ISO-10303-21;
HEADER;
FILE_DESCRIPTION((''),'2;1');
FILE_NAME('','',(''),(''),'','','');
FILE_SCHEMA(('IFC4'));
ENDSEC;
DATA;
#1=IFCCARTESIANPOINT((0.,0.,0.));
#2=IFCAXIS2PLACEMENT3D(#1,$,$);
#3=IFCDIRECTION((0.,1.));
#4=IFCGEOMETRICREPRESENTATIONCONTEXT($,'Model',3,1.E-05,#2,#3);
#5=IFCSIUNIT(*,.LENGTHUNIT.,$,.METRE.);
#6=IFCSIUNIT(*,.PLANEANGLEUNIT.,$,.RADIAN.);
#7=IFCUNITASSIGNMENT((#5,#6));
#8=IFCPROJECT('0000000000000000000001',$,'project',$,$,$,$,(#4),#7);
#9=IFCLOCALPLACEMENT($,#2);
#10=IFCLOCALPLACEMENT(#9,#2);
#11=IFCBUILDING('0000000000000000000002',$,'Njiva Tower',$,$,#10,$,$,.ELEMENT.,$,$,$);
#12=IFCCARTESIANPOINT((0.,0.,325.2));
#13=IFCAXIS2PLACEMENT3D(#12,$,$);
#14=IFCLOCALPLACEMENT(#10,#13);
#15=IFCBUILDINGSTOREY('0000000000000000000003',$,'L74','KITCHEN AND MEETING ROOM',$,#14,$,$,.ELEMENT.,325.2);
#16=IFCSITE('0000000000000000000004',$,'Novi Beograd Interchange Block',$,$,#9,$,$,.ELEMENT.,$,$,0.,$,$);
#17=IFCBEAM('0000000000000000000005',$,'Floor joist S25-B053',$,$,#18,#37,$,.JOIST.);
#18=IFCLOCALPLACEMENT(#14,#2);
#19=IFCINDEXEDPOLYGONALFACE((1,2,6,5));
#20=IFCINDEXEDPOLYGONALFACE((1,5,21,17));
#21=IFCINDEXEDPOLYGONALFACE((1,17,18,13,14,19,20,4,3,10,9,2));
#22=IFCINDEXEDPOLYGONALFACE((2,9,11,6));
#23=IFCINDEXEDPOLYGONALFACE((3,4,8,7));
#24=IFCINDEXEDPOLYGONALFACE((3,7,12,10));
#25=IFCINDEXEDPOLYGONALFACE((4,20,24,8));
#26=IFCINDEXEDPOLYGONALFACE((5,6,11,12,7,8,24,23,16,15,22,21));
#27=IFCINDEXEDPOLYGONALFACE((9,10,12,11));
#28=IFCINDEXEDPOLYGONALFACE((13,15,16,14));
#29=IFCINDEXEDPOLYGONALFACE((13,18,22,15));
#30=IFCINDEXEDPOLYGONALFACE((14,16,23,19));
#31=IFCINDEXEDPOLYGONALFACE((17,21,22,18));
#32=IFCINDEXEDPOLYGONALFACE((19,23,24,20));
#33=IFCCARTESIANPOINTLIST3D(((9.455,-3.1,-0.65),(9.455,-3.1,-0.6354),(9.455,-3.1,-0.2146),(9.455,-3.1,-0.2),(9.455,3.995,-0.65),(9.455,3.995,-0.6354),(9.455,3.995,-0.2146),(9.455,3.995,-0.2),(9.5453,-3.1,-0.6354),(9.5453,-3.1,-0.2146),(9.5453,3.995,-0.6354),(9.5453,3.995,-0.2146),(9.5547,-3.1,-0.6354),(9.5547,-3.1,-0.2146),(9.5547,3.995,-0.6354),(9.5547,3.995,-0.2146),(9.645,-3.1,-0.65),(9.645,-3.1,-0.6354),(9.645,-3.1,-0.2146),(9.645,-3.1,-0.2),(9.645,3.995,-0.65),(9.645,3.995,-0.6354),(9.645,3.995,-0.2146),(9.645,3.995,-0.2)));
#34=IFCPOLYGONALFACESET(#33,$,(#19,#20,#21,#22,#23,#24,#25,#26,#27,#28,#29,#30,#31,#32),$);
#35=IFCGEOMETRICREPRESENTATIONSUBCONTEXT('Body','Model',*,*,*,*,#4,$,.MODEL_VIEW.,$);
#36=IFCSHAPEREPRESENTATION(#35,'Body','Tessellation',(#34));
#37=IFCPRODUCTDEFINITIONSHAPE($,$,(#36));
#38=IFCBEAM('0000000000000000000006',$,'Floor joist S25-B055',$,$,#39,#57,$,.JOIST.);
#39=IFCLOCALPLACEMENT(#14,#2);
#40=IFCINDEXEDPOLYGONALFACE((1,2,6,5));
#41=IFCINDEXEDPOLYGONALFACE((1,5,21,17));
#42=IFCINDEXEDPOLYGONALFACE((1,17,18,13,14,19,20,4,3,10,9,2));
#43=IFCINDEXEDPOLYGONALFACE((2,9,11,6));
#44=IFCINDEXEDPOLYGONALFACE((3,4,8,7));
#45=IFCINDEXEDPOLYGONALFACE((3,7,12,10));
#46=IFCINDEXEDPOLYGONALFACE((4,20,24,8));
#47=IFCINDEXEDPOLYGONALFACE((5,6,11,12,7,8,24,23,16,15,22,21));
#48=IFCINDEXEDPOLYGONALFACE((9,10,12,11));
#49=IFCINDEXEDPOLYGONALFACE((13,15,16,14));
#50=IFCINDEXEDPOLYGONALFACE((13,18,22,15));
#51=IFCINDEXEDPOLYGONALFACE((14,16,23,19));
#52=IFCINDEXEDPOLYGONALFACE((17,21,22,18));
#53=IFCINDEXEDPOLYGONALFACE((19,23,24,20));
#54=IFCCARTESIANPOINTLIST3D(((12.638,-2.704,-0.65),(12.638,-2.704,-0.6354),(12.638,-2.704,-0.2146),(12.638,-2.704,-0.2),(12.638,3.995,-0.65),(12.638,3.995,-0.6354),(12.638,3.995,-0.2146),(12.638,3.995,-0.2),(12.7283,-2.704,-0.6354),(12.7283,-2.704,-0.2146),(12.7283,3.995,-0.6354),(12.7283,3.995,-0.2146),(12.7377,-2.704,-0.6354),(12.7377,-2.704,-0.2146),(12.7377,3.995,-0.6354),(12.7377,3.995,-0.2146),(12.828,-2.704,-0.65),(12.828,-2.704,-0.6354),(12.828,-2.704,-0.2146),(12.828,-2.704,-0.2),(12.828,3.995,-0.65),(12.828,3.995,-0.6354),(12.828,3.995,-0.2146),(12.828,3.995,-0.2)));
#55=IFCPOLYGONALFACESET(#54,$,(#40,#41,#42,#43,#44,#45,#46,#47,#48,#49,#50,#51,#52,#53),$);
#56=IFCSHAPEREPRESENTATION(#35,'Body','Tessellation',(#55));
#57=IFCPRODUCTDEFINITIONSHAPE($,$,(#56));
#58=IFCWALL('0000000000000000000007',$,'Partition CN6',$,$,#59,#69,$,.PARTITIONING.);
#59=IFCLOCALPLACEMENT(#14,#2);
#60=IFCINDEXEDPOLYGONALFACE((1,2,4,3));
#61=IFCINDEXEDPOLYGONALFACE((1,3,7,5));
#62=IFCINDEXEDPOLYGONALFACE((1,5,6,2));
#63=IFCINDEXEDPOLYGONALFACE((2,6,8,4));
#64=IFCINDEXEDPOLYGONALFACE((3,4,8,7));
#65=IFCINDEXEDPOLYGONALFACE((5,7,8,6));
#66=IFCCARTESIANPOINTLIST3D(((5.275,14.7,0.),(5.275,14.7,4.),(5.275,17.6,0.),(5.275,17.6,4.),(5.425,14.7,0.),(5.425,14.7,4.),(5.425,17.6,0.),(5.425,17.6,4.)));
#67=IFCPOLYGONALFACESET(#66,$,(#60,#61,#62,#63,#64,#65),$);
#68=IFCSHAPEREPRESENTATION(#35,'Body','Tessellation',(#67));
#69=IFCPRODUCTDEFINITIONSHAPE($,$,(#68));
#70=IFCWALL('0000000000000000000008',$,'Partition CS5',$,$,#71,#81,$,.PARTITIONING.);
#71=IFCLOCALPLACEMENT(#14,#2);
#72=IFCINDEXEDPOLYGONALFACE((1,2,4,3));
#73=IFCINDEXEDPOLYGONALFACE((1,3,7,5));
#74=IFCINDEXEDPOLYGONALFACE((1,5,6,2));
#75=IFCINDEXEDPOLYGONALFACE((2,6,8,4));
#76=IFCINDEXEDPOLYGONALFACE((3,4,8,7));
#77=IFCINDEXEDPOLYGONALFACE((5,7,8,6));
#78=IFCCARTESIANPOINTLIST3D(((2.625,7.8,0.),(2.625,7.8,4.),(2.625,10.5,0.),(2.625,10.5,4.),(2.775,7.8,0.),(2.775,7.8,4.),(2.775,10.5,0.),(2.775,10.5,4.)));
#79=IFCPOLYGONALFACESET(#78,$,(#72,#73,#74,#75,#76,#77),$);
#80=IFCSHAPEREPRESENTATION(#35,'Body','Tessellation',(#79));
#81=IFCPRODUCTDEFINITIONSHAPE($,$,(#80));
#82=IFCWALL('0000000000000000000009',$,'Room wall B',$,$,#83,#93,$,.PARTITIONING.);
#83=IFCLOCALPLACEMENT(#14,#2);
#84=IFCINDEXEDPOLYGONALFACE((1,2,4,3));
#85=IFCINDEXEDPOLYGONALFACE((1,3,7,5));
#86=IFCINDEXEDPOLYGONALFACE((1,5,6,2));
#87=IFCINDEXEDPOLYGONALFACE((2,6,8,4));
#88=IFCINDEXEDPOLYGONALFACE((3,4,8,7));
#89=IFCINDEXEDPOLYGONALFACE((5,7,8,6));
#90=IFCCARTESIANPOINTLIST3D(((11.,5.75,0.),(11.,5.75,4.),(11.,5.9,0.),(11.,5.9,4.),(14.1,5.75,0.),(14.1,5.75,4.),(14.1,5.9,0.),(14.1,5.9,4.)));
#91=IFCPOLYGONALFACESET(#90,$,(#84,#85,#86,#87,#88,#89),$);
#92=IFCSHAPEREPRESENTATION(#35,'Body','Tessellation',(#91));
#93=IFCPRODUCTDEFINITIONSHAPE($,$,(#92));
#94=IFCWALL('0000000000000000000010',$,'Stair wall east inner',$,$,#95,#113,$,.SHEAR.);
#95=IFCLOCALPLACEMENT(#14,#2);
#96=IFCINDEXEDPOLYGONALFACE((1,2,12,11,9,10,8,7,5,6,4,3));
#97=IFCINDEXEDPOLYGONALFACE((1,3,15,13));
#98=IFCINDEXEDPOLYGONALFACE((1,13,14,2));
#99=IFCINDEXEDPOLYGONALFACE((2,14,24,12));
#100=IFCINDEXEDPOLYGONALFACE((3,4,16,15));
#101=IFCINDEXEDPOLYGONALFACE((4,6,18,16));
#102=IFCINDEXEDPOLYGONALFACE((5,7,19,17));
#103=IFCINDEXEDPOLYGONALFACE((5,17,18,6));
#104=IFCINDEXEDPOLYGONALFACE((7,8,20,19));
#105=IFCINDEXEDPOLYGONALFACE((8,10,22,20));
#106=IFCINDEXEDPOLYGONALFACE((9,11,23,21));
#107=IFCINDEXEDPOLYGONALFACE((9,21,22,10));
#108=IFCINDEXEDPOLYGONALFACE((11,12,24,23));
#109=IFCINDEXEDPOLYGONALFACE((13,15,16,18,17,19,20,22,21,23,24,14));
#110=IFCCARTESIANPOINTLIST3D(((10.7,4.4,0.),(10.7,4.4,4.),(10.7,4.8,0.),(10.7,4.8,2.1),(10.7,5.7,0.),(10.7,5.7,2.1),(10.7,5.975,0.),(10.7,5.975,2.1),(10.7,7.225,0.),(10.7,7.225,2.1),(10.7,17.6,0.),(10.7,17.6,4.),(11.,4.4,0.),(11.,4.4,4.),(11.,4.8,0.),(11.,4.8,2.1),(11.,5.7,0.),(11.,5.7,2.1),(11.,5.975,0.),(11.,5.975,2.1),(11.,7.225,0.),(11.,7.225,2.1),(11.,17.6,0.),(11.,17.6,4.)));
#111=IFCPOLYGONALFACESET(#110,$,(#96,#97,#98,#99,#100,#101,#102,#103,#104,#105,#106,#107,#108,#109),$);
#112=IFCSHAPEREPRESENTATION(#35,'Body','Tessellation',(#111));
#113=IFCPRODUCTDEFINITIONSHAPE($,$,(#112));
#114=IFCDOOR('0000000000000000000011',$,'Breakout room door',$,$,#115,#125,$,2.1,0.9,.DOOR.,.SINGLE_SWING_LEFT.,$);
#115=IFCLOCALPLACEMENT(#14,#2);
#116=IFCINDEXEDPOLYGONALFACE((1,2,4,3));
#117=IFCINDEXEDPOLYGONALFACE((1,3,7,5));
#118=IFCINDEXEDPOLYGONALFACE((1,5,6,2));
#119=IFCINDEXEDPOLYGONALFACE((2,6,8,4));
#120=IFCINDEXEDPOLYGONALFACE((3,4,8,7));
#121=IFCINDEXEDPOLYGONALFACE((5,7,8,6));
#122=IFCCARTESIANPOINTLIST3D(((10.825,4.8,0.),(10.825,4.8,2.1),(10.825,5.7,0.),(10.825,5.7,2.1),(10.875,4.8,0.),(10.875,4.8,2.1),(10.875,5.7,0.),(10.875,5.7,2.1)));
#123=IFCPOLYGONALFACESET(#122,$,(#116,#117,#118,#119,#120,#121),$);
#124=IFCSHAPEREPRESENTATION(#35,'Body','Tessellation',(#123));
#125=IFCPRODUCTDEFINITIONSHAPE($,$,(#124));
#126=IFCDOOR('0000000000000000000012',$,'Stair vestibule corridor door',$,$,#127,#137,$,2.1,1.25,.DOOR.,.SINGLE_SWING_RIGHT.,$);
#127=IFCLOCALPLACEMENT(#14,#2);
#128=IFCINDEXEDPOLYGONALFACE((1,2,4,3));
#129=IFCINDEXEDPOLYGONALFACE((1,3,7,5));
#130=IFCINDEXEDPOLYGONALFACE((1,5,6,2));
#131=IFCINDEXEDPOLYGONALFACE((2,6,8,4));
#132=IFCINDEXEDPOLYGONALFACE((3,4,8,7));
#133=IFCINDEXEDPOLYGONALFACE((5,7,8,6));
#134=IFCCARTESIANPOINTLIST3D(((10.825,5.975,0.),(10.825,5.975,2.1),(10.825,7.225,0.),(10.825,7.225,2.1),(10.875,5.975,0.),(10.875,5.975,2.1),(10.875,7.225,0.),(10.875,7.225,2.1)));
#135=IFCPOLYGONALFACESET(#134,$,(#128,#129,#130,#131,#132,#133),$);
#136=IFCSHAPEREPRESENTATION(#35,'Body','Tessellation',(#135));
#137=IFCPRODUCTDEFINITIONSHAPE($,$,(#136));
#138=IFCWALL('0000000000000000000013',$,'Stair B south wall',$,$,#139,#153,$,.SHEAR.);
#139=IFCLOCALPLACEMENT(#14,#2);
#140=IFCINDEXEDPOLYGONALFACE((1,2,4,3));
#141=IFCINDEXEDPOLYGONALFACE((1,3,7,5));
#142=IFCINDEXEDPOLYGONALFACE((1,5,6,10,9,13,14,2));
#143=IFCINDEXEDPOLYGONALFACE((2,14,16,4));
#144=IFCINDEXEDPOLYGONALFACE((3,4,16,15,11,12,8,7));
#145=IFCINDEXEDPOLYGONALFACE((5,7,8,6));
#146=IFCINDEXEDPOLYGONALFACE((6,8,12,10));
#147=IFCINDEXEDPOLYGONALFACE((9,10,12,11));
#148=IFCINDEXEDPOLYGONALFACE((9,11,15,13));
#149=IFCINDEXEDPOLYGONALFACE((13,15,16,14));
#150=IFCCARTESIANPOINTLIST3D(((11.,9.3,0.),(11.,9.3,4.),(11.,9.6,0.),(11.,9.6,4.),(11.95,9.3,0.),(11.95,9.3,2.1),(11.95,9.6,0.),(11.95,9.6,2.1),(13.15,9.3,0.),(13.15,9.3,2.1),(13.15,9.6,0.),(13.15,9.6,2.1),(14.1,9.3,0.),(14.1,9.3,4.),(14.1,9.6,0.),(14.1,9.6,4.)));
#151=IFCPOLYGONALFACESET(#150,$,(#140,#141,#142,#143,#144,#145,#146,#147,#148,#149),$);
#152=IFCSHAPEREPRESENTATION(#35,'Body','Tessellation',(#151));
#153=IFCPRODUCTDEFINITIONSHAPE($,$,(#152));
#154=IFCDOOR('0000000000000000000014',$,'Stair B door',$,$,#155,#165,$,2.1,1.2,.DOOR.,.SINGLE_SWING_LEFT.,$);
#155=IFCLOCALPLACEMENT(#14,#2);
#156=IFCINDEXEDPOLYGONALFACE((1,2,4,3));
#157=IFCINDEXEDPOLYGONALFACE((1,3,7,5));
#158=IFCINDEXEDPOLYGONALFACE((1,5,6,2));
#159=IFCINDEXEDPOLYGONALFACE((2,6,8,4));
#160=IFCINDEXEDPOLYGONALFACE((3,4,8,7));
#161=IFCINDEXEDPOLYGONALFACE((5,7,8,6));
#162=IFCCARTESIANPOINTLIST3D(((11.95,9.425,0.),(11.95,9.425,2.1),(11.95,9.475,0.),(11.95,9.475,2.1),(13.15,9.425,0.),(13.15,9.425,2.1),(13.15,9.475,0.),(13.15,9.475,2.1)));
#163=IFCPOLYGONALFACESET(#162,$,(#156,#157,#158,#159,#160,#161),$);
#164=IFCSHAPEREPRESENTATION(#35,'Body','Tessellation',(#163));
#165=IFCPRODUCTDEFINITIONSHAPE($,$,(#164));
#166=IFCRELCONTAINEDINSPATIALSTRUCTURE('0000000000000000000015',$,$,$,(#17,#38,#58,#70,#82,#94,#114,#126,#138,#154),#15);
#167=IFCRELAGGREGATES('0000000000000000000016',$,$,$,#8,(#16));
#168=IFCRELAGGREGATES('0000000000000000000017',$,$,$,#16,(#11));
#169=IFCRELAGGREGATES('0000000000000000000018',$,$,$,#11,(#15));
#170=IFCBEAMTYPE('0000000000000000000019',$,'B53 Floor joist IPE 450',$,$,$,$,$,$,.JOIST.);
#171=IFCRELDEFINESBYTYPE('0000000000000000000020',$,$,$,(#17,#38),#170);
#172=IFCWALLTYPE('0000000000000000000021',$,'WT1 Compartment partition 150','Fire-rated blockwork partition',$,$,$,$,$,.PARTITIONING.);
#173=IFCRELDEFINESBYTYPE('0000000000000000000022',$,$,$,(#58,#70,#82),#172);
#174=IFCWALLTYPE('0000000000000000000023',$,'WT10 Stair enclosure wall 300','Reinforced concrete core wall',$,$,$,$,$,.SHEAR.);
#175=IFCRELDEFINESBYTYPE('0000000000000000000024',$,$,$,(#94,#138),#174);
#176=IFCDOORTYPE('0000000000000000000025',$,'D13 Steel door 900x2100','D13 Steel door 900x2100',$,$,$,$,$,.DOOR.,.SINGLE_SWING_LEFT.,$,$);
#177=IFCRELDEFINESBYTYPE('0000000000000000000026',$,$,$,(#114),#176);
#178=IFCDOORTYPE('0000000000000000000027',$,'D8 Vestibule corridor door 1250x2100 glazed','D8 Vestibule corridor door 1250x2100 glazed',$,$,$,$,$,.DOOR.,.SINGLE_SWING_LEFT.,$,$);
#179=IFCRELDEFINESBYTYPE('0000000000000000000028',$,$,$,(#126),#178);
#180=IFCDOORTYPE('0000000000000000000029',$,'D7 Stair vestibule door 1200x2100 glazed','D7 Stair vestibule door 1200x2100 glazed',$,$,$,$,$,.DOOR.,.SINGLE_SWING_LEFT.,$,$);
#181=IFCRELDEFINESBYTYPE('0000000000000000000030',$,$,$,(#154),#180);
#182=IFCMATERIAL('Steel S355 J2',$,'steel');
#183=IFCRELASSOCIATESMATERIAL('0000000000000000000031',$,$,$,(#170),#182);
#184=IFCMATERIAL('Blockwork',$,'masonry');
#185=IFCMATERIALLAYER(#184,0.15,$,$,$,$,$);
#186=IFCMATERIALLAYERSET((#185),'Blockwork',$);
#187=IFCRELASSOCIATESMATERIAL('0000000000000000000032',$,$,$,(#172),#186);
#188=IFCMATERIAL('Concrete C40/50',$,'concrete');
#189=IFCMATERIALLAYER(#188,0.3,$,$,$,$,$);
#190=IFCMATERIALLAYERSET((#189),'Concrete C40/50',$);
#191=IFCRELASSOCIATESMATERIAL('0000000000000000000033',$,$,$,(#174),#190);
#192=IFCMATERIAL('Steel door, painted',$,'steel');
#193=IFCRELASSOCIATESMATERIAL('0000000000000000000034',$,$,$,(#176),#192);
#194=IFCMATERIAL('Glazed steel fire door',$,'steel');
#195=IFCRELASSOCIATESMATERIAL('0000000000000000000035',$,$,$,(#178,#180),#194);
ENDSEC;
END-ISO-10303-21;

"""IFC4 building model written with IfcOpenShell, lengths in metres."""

from ifc_helpers import new_model, si_unit, direction, frame, frame_2d, origin, origin_2d, place, context, subcontext, project, spatial, rectangle, i_section, extrude, material, layer, layer_set, material_profile, profile_set, type_object, element, fill, save


model = new_model("IFC4")

# Units and contexts
model_context = context("Model", 3, precision=1e-05, world=origin(), true_north=direction((0.0, 1.0)))
body_context = subcontext(model_context, "Body", "Model", "MODEL_VIEW")
ifc_project = project(units=[si_unit("LENGTHUNIT", "METRE"), si_unit("PLANEANGLEUNIT", "RADIAN")], contexts=[model_context])

# Site, building, storey
site_placement = place(None, origin())
site = spatial("IfcSite", under=ifc_project, at=site_placement, Name="Novi Beograd Interchange Block", CompositionType="ELEMENT", RefElevation=0.0)
building_placement = place(site_placement, origin())
building = spatial("IfcBuilding", under=site, at=building_placement, Name="Njiva Tower", CompositionType="ELEMENT")
storey_placement = place(building_placement, frame((0.0, 0.0, 325.2)))
storey = spatial("IfcBuildingStorey", under=building, at=storey_placement, Name="L74", Description="KITCHEN AND MEETING ROOM", CompositionType="ELEMENT", Elevation=325.2)

# Shared definitions
ifc_material_1 = material(Name="Steel S355 J2", Category="steel")

# Beams
ifc_material_profile_1 = material_profile(ifc_material_1, i_section(OverallWidth=0.19, OverallDepth=0.45, WebThickness=0.0094, FlangeThickness=0.0146, at=origin_2d()), Name="IPE 450")
ifc_profile_set_1 = profile_set([ifc_material_profile_1], Name="Steel S355 J2")
beam_type_1 = type_object("IfcBeamType", Name="B53 Floor joist IPE 450", PredefinedType="JOIST", material=ifc_profile_set_1)
beam_1_placement = place(storey_placement, frame((9.55, 3.995, -0.425), z_axis=(0.0, -1.0, 0.0), x_axis=(1.0, 0.0, 0.0)))
element("IfcBeam", 1, at=beam_1_placement, inside=storey, type_object=beam_type_1, Name="Floor joist S25-B053", PredefinedType="JOIST", context=body_context, shape_type="SweptSolid", body=[
    extrude(i_section(OverallWidth=0.19, OverallDepth=0.45, WebThickness=0.0094, FlangeThickness=0.0146, at=origin_2d()), origin(), (0.0, 0.0, 1.0), 7.095),
])
beam_2_placement = place(storey_placement, frame((12.733, 3.995, -0.425), z_axis=(0.0, -1.0, 0.0), x_axis=(1.0, 0.0, 0.0)))
element("IfcBeam", 2, at=beam_2_placement, inside=storey, type_object=beam_type_1, Name="Floor joist S25-B055", PredefinedType="JOIST", context=body_context, shape_type="SweptSolid", body=[
    extrude(i_section(OverallWidth=0.19, OverallDepth=0.45, WebThickness=0.0094, FlangeThickness=0.0146, at=origin_2d()), origin(), (0.0, 0.0, 1.0), 6.699),
])

# Walls
ifc_material_2 = material(Name="Blockwork", Category="masonry")
ifc_layer_1 = layer(ifc_material_2, 0.15)
ifc_layer_set_1 = layer_set([ifc_layer_1], Name="Blockwork")
wall_type_1 = type_object("IfcWallType", Name="WT1 Compartment partition 150", Description="Fire-rated blockwork partition", PredefinedType="PARTITIONING", material=ifc_layer_set_1)
wall_1_placement = place(storey_placement, frame((5.35, 14.7, 0.0), z_axis=(0.0, 0.0, 1.0), x_axis=(0.0, 1.0, 0.0)))
element("IfcWall", 3, at=wall_1_placement, inside=storey, type_object=wall_type_1, Name="Partition CN6", PredefinedType="PARTITIONING", context=body_context, shape_type="SweptSolid", body=[
    extrude(rectangle(XDim=2.9, YDim=0.15, at=frame_2d((1.45, 0.0))), origin(), (0.0, 0.0, 1.0), 4.0),
])
wall_2_placement = place(storey_placement, frame((2.7, 7.8, 0.0), z_axis=(0.0, 0.0, 1.0), x_axis=(0.0, 1.0, 0.0)))
element("IfcWall", 4, at=wall_2_placement, inside=storey, type_object=wall_type_1, Name="Partition CS5", PredefinedType="PARTITIONING", context=body_context, shape_type="SweptSolid", body=[
    extrude(rectangle(XDim=2.7, YDim=0.15, at=frame_2d((1.35, 0.0))), origin(), (0.0, 0.0, 1.0), 4.0),
])
wall_3_placement = place(storey_placement, frame((11.0, 5.825, 0.0), z_axis=(0.0, 0.0, 1.0), x_axis=(1.0, 0.0, 0.0)))
element("IfcWall", 5, at=wall_3_placement, inside=storey, type_object=wall_type_1, Name="Room wall B", PredefinedType="PARTITIONING", context=body_context, shape_type="SweptSolid", body=[
    extrude(rectangle(XDim=3.1, YDim=0.15, at=frame_2d((1.55, 0.0))), origin(), (0.0, 0.0, 1.0), 4.0),
])

# Wall, openings, doors
ifc_material_3 = material(Name="Concrete C40/50", Category="concrete")
ifc_layer_2 = layer(ifc_material_3, 0.3)
ifc_layer_set_2 = layer_set([ifc_layer_2], Name="Concrete C40/50")
wall_type_2 = type_object("IfcWallType", Name="WT10 Stair enclosure wall 300", Description="Reinforced concrete core wall", PredefinedType="SHEAR", material=ifc_layer_set_2)
wall_4_placement = place(storey_placement, frame((10.85, 4.4, 0.0), z_axis=(0.0, 0.0, 1.0), x_axis=(0.0, 1.0, 0.0)))
wall_4 = element("IfcWall", 6, at=wall_4_placement, inside=storey, type_object=wall_type_2, Name="Stair wall east inner", PredefinedType="SHEAR", context=body_context, shape_type="SweptSolid", body=[
    extrude(rectangle(XDim=13.2, YDim=0.3, at=frame_2d((6.6, 0.0))), origin(), (0.0, 0.0, 1.0), 4.0),
])
opening_1_placement = place(wall_4_placement, frame((1.575, 0.0, 0.0)))
opening_1 = element("IfcOpeningElement", 7, at=opening_1_placement, cuts=wall_4, PredefinedType="OPENING", context=body_context, shape_type="SweptSolid", body=[
    extrude(rectangle(XDim=1.25, YDim=2.1, at=frame_2d((0.625, 1.05))), frame((0.0, 0.16, 0.0), z_axis=(0.0, -1.0, 0.0), x_axis=(1.0, 0.0, 0.0)), (0.0, 0.0, 1.0), 0.32),
])
opening_2_placement = place(wall_4_placement, frame((0.4, 0.0, 0.0)))
opening_2 = element("IfcOpeningElement", 8, at=opening_2_placement, cuts=wall_4, PredefinedType="OPENING", context=body_context, shape_type="SweptSolid", body=[
    extrude(rectangle(XDim=0.9, YDim=2.1, at=frame_2d((0.45, 1.05))), frame((0.0, 0.16, 0.0), z_axis=(0.0, -1.0, 0.0), x_axis=(1.0, 0.0, 0.0)), (0.0, 0.0, 1.0), 0.32),
])
ifc_material_4 = material(Name="Steel door, painted", Category="steel")
door_type_1 = type_object("IfcDoorType", Name="D13 Steel door 900x2100", Description="D13 Steel door 900x2100", OperationType="SINGLE_SWING_LEFT", PredefinedType="DOOR", material=ifc_material_4)
door_1_placement = place(opening_2_placement, origin())
door_1 = element("IfcDoor", 9, at=door_1_placement, inside=storey, type_object=door_type_1, Name="Breakout room door", OperationType="SINGLE_SWING_LEFT", OverallHeight=2.1, OverallWidth=0.9, PredefinedType="DOOR", context=body_context, shape_type="SweptSolid", body=[
    extrude(rectangle(XDim=0.9, YDim=2.1, at=frame_2d((0.45, 1.05))), frame((0.0, 0.025, 0.0), z_axis=(0.0, -1.0, 0.0), x_axis=(1.0, 0.0, 0.0)), (0.0, 0.0, 1.0), 0.05),
])
fill(opening_2, door_1)
ifc_material_5 = material(Name="Glazed steel fire door", Category="steel")
door_type_2 = type_object("IfcDoorType", Name="D8 Vestibule corridor door 1250x2100 glazed", Description="D8 Vestibule corridor door 1250x2100 glazed", OperationType="SINGLE_SWING_LEFT", PredefinedType="DOOR", material=ifc_material_5)
door_2_placement = place(opening_1_placement, origin())
door_2 = element("IfcDoor", 10, at=door_2_placement, inside=storey, type_object=door_type_2, Name="Stair vestibule corridor door", OperationType="SINGLE_SWING_RIGHT", OverallHeight=2.1, OverallWidth=1.25, PredefinedType="DOOR", context=body_context, shape_type="SweptSolid", body=[
    extrude(rectangle(XDim=1.25, YDim=2.1, at=frame_2d((0.625, 1.05))), frame((0.0, 0.025, 0.0), z_axis=(0.0, -1.0, 0.0), x_axis=(1.0, 0.0, 0.0)), (0.0, 0.0, 1.0), 0.05),
])
fill(opening_1, door_2)

# Wall, opening, door
wall_5_placement = place(storey_placement, frame((11.0, 9.45, 0.0), z_axis=(0.0, 0.0, 1.0), x_axis=(1.0, 0.0, 0.0)))
wall_5 = element("IfcWall", 11, at=wall_5_placement, inside=storey, type_object=wall_type_2, Name="Stair B south wall", PredefinedType="SHEAR", context=body_context, shape_type="SweptSolid", body=[
    extrude(rectangle(XDim=3.1, YDim=0.3, at=frame_2d((1.55, 0.0))), origin(), (0.0, 0.0, 1.0), 4.0),
])
opening_3_placement = place(wall_5_placement, frame((0.95, 0.0, 0.0)))
opening_3 = element("IfcOpeningElement", 12, at=opening_3_placement, cuts=wall_5, PredefinedType="OPENING", context=body_context, shape_type="SweptSolid", body=[
    extrude(rectangle(XDim=1.2, YDim=2.1, at=frame_2d((0.6, 1.05))), frame((0.0, 0.16, 0.0), z_axis=(0.0, -1.0, 0.0), x_axis=(1.0, 0.0, 0.0)), (0.0, 0.0, 1.0), 0.32),
])
door_type_3 = type_object("IfcDoorType", Name="D7 Stair vestibule door 1200x2100 glazed", Description="D7 Stair vestibule door 1200x2100 glazed", OperationType="SINGLE_SWING_LEFT", PredefinedType="DOOR", material=ifc_material_5)
door_3_placement = place(opening_3_placement, origin())
door_3 = element("IfcDoor", 13, at=door_3_placement, inside=storey, type_object=door_type_3, Name="Stair B door", OperationType="SINGLE_SWING_LEFT", OverallHeight=2.1, OverallWidth=1.2, PredefinedType="DOOR", context=body_context, shape_type="SweptSolid", body=[
    extrude(rectangle(XDim=1.2, YDim=2.1, at=frame_2d((0.6, 1.05))), frame((0.0, 0.025, 0.0), z_axis=(0.0, -1.0, 0.0), x_axis=(1.0, 0.0, 0.0)), (0.0, 0.0, 1.0), 0.05),
])
fill(opening_3, door_3)

save(model, "model.ifc")
